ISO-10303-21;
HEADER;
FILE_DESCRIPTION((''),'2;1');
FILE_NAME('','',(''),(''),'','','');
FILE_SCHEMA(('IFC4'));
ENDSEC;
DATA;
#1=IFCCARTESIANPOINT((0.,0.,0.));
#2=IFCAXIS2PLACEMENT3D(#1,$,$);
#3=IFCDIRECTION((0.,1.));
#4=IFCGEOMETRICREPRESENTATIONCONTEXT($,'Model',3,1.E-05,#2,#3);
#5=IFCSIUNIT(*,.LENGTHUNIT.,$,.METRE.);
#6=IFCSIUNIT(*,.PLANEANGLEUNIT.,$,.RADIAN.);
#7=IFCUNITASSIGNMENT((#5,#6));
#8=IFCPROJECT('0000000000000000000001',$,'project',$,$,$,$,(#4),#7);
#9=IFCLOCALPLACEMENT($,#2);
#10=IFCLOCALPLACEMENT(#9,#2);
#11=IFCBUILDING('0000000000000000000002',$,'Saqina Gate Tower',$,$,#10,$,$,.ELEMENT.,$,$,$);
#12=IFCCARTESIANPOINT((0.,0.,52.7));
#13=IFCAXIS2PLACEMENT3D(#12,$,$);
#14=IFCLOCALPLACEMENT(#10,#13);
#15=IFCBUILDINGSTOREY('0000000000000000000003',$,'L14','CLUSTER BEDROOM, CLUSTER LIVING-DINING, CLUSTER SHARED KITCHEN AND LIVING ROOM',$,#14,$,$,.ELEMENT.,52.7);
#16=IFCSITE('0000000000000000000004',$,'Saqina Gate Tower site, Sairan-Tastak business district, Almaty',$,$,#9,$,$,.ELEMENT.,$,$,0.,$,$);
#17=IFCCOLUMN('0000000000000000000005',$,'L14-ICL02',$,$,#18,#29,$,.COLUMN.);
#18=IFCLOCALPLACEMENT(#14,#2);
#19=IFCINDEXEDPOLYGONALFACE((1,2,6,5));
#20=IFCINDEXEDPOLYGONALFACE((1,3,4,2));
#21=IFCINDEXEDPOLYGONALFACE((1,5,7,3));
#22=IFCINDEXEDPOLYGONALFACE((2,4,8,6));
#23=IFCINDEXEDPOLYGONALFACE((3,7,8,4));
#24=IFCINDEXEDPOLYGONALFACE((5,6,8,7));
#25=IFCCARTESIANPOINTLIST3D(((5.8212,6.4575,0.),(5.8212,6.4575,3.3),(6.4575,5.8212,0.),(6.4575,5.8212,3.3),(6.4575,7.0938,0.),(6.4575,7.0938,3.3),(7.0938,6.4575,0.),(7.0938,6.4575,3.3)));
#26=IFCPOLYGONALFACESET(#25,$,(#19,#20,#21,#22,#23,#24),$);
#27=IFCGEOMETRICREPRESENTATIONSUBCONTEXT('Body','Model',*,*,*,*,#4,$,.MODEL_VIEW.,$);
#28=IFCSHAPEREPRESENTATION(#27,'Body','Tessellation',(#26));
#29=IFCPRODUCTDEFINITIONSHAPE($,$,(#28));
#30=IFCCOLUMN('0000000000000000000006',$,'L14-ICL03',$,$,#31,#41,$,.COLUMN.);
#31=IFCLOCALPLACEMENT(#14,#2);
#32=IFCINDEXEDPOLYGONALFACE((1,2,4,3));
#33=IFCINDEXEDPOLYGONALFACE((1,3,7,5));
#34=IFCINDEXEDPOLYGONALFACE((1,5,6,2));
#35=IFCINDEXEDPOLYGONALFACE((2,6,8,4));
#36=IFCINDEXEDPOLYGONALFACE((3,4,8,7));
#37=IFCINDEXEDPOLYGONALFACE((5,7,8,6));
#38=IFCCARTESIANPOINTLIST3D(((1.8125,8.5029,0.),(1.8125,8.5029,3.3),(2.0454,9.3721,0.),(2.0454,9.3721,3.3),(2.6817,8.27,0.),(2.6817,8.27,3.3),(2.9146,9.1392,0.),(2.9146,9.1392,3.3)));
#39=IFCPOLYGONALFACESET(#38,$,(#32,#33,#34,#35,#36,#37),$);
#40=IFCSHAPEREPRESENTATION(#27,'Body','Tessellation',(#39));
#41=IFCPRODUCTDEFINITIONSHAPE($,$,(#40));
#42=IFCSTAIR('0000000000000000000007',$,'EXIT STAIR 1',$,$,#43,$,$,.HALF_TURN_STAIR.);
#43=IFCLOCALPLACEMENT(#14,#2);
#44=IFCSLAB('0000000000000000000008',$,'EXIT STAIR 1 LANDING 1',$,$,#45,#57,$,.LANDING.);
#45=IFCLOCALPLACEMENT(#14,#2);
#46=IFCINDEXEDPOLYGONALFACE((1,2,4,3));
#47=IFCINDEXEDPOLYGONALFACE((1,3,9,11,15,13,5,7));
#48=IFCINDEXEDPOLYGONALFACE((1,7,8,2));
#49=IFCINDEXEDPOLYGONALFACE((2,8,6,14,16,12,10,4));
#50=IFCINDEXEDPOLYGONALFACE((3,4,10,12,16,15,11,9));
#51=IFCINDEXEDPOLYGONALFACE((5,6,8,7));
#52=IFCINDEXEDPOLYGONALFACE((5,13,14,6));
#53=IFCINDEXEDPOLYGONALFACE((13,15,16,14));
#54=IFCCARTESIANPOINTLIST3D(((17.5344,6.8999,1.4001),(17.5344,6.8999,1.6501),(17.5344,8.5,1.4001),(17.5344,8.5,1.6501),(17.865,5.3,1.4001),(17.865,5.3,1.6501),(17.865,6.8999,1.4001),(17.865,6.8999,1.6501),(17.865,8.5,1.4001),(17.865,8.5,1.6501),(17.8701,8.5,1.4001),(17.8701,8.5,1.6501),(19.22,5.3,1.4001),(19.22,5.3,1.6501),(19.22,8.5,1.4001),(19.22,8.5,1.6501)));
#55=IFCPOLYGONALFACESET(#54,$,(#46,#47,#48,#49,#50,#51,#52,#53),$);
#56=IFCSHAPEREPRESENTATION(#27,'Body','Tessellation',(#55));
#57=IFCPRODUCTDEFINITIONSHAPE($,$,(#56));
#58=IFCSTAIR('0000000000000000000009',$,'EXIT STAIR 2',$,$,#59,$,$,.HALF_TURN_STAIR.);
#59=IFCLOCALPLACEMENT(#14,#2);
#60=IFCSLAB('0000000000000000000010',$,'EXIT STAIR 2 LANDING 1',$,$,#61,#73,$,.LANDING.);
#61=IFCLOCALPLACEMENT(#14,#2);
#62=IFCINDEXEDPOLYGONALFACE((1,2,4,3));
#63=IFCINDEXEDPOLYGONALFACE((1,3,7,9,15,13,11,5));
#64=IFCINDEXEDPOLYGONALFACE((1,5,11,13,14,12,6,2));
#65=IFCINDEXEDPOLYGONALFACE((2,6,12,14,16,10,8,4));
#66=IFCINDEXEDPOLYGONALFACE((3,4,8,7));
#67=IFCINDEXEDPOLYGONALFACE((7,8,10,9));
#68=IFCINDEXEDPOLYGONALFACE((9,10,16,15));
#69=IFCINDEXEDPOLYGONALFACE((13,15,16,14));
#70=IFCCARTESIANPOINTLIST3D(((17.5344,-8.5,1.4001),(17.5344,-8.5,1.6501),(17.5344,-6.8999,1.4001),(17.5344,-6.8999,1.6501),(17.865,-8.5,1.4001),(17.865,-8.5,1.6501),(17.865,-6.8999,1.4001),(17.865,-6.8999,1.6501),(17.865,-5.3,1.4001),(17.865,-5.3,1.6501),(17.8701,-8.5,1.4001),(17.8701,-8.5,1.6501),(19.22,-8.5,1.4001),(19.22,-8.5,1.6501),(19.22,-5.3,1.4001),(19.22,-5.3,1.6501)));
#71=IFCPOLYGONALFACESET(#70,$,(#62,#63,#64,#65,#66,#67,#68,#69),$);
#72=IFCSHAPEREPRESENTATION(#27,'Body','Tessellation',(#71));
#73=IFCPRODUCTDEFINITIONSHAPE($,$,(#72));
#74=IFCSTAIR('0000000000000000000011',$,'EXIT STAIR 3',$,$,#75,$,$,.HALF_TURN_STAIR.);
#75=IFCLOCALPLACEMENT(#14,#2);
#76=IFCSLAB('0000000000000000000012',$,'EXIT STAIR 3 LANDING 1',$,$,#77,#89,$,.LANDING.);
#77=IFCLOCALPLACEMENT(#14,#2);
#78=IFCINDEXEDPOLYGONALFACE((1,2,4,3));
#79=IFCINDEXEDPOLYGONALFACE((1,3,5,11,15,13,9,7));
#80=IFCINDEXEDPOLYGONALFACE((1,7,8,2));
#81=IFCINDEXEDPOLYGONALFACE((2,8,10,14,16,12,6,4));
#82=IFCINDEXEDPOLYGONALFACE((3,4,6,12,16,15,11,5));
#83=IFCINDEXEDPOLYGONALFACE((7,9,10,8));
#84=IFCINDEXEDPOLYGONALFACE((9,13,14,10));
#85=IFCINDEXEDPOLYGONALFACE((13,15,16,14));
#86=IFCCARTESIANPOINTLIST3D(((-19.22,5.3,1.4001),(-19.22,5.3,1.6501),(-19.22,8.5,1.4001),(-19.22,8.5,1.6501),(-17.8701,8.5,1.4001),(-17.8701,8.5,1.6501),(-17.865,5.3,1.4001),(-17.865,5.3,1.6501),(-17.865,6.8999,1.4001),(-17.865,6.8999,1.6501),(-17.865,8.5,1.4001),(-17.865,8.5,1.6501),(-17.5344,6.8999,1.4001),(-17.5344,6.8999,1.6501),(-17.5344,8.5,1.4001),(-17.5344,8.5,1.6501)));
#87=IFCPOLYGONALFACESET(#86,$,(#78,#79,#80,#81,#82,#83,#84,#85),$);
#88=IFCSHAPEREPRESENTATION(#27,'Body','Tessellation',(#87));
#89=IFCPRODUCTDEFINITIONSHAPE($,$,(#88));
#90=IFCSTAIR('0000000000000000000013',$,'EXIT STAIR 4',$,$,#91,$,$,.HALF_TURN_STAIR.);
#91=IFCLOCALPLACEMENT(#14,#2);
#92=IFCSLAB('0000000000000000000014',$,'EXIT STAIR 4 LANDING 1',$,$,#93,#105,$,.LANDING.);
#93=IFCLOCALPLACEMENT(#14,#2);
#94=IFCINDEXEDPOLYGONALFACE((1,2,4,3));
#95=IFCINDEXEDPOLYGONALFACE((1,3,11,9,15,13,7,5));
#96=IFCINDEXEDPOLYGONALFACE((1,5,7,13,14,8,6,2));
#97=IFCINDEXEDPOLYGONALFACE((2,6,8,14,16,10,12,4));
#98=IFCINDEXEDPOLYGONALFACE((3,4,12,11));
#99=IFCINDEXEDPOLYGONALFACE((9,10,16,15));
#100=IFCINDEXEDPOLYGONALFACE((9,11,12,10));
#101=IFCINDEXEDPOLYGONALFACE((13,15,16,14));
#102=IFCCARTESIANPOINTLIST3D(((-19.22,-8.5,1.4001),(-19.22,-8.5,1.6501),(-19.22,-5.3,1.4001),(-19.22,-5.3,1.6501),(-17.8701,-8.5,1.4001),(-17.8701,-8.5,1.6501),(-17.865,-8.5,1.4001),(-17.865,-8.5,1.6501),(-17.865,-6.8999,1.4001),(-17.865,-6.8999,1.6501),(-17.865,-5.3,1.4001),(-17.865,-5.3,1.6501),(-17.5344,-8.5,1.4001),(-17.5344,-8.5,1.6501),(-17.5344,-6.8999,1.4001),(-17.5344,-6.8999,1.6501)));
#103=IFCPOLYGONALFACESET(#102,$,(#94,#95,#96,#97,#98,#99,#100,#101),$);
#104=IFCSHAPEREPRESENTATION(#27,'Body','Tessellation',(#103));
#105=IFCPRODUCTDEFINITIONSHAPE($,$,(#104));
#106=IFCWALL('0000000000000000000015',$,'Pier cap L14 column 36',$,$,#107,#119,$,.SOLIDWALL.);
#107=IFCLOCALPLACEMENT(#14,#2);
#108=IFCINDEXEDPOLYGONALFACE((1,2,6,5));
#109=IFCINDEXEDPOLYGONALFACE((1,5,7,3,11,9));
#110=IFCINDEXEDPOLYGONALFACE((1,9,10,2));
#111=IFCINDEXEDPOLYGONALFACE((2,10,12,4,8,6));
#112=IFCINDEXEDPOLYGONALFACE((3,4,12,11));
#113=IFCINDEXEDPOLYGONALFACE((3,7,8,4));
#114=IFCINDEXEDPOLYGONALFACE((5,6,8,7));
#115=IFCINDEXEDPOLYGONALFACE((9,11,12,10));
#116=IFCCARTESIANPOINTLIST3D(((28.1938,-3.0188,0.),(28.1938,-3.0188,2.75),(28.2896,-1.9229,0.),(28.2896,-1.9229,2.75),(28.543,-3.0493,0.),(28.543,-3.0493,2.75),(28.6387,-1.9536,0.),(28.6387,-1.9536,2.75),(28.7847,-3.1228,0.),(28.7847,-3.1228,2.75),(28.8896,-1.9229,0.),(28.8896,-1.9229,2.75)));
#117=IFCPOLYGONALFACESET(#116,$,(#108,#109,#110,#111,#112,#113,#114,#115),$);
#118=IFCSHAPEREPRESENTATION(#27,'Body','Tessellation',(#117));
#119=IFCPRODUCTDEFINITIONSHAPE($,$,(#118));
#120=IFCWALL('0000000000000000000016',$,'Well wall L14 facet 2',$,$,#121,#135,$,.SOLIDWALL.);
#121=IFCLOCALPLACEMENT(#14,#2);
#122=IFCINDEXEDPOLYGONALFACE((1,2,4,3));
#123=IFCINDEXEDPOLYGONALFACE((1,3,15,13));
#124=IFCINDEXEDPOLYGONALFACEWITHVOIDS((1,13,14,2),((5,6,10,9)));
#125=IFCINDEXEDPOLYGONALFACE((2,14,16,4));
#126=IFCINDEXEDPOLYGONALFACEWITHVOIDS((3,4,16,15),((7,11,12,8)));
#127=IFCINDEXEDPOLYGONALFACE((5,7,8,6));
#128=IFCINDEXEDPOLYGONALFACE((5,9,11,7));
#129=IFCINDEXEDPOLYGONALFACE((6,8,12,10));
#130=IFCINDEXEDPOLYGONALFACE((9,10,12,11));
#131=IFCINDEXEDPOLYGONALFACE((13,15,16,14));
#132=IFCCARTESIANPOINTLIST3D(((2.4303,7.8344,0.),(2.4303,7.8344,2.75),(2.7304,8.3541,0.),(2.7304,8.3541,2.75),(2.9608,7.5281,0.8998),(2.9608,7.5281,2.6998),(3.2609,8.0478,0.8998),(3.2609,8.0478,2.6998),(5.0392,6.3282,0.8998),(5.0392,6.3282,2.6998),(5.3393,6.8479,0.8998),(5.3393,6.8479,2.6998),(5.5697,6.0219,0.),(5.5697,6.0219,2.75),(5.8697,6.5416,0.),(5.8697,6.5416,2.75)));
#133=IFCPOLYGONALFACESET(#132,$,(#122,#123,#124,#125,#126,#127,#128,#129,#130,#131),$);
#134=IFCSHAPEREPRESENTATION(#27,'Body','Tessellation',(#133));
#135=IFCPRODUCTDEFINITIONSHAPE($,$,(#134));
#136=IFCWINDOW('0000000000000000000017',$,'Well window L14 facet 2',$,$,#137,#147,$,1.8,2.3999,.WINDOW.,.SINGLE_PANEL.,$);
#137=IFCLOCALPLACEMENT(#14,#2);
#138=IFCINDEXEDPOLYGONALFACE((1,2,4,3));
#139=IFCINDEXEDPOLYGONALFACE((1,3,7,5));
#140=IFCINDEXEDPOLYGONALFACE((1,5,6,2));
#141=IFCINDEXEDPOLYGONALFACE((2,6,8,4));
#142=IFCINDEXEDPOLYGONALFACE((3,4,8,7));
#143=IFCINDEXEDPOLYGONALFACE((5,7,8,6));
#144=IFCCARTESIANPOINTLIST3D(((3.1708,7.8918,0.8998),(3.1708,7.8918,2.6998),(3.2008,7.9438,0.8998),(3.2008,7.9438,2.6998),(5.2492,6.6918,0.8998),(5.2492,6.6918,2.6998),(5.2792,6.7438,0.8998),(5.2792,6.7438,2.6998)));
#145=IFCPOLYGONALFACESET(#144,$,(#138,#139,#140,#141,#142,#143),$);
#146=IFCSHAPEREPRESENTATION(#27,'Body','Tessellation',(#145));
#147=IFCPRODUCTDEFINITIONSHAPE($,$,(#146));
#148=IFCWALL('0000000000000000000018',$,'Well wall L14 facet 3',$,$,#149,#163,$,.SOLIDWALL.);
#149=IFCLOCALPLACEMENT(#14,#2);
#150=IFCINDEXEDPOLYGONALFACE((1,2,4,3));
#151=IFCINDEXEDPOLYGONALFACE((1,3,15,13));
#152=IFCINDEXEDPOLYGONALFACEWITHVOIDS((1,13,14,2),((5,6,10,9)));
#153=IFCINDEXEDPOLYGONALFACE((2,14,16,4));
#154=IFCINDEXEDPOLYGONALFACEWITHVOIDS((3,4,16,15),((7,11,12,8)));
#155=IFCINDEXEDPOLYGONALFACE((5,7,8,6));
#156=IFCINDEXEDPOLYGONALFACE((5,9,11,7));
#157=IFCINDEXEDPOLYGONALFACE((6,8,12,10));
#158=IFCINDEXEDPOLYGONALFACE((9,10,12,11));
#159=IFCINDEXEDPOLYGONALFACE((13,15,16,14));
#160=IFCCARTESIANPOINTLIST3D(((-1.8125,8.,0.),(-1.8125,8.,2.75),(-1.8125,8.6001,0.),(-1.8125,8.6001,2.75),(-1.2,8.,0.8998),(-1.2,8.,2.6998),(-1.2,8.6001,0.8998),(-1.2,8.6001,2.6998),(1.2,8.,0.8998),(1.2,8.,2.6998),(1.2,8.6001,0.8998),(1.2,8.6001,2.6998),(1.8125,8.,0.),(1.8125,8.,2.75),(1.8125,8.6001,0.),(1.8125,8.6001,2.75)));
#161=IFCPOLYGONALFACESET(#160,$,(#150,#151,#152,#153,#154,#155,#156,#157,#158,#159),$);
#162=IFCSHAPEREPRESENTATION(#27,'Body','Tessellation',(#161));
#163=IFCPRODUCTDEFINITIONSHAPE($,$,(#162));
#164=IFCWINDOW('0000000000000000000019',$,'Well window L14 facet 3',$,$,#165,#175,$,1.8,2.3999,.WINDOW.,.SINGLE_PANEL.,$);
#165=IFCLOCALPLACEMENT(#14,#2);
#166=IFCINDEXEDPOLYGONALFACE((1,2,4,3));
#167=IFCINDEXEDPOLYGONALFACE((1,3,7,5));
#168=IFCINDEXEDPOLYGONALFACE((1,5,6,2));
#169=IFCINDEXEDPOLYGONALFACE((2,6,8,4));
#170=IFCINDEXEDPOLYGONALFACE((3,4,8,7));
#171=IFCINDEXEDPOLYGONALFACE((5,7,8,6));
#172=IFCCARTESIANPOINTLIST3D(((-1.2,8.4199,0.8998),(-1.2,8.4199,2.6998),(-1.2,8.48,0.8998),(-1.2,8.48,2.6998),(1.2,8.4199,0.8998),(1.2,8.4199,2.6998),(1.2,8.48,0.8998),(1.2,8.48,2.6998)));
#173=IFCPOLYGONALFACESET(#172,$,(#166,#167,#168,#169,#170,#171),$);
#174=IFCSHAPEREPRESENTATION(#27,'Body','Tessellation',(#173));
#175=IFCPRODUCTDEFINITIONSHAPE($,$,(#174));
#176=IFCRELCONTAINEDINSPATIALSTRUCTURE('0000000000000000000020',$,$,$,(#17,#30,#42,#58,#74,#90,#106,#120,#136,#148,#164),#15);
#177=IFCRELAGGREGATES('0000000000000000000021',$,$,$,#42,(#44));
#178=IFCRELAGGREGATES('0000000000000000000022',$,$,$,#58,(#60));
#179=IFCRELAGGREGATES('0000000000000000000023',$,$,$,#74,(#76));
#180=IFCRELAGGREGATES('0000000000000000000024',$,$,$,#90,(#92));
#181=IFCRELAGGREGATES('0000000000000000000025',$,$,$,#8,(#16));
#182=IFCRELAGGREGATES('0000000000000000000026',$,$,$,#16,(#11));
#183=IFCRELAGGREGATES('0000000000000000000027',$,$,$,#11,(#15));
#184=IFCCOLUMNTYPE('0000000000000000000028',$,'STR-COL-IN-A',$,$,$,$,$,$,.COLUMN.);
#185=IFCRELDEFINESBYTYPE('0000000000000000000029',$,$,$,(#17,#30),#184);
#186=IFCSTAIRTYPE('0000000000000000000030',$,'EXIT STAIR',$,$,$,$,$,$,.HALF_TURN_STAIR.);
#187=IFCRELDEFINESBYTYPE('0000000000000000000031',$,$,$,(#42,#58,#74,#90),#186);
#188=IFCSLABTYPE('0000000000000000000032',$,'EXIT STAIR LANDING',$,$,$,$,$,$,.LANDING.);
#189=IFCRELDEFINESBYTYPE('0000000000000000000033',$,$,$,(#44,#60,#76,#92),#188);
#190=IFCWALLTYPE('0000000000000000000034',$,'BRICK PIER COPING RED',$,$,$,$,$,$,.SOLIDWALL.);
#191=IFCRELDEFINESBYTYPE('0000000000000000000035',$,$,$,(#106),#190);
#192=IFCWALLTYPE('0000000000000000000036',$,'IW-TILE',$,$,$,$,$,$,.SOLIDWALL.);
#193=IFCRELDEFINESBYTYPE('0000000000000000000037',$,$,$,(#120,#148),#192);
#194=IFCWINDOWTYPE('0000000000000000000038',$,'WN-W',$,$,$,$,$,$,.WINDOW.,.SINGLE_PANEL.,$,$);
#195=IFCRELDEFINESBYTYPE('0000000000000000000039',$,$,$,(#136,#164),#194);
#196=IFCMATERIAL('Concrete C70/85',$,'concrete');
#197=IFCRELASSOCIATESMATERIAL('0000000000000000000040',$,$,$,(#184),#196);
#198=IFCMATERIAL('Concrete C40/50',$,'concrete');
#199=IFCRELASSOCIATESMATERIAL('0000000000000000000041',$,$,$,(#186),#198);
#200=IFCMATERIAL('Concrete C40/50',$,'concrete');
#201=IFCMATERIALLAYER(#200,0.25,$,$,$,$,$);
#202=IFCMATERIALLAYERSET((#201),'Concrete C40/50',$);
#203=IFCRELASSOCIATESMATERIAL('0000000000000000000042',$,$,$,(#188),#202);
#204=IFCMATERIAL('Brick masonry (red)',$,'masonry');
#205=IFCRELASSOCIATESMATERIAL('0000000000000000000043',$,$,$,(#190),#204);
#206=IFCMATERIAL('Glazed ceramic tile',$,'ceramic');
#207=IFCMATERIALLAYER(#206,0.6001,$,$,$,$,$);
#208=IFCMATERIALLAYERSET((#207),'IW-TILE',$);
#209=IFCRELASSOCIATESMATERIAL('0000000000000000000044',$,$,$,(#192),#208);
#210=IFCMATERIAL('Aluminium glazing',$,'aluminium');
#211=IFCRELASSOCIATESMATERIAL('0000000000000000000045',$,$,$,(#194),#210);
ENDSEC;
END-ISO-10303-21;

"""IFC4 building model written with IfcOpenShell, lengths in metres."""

from ifc_helpers import new_model, si_unit, direction, frame, frame_2d, origin, origin_2d, place, context, subcontext, project, spatial, polyline, rectangle, outline, extrude, material, layer, layer_set, material_profile, profile_set, type_object, element, fill, aggregate, save


model = new_model("IFC4")

# Units and contexts
model_context = context("Model", 3, precision=1e-05, world=origin(), true_north=direction((0.0, 1.0)))
body_context = subcontext(model_context, "Body", "Model", "MODEL_VIEW")
ifc_project = project(units=[si_unit("LENGTHUNIT", "METRE"), si_unit("PLANEANGLEUNIT", "RADIAN")], contexts=[model_context])

# Site, building, storey
site_placement = place(None, origin())
site = spatial("IfcSite", under=ifc_project, at=site_placement, Name="Saqina Gate Tower site, Sairan-Tastak business district, Almaty", CompositionType="ELEMENT", RefElevation=0.0)
building_placement = place(site_placement, origin())
building = spatial("IfcBuilding", under=site, at=building_placement, Name="Saqina Gate Tower", CompositionType="ELEMENT")
storey_placement = place(building_placement, frame((0.0, 0.0, 52.7)))
storey = spatial("IfcBuildingStorey", under=building, at=storey_placement, Name="L14", Description="CLUSTER BEDROOM, CLUSTER LIVING-DINING, CLUSTER SHARED KITCHEN AND LIVING ROOM", CompositionType="ELEMENT", Elevation=52.7)

# Columns
ifc_material_1 = material(Name="Concrete C70/85", Category="concrete")
ifc_material_profile = material_profile(ifc_material_1, rectangle(XDim=0.8999, YDim=0.8999, at=origin_2d()), Name="RC 900x900")
ifc_profile_set = profile_set([ifc_material_profile], Name="Concrete C70/85")
column_type = type_object("IfcColumnType", Name="STR-COL-IN-A", PredefinedType="COLUMN", material=ifc_profile_set)
for number, where, z_axis, x_axis, name in (
    (1, (6.4575, 6.4575, 0.0), (0.0, 0.0, 1.0), (0.707107, 0.707107, 0.0), "L14-ICL02"),
    (2, (2.3635, 8.821, 0.0), (0.0, 0.0, 1.0), (0.258819, 0.965926, 0.0), "L14-ICL03"),
):
    element("IfcColumn", number, at=place(storey_placement, frame(where, z_axis=z_axis, x_axis=x_axis)), inside=storey, type_object=column_type, Name=name, PredefinedType="COLUMN", context=body_context, shape_type="SweptSolid", body=[
        extrude(rectangle(XDim=0.8999, YDim=0.8999, at=origin_2d()), origin(), (0.0, 0.0, 1.0), 3.3),
    ])

# Stairs, slabs
ifc_material_2 = material(Name="Concrete C40/50", Category="concrete")
stair_type = type_object("IfcStairType", Name="EXIT STAIR", PredefinedType="HALF_TURN_STAIR", material=ifc_material_2)
stair_1_placement = place(storey_placement, origin())
stair_1 = element("IfcStair", 3, at=stair_1_placement, inside=storey, type_object=stair_type, Name="EXIT STAIR 1", PredefinedType="HALF_TURN_STAIR")
ifc_material_3 = material(Name="Concrete C40/50", Category="concrete")
ifc_layer_1 = layer(ifc_material_3, 0.25)
ifc_layer_set_1 = layer_set([ifc_layer_1], Name="Concrete C40/50")
slab_type = type_object("IfcSlabType", Name="EXIT STAIR LANDING", PredefinedType="LANDING", material=ifc_layer_set_1)
slab_1_placement = place(storey_placement, frame((0.0, 0.0, 1.4001)))
slab_1 = element("IfcSlab", 4, at=slab_1_placement, type_object=slab_type, Name="EXIT STAIR 1 LANDING 1", PredefinedType="LANDING", context=body_context, shape_type="SweptSolid", body=[
    extrude(outline(polyline([(19.22, 8.5), (19.22, 5.3), (17.865, 5.3), (17.865, 6.8999), (17.5344, 6.8999), (17.5344, 8.5), (17.865, 8.5), (17.8701, 8.5), (19.22, 8.5)])), origin(), (0.0, 0.0, 1.0), 0.25),
])
aggregate(stair_1, [slab_1])
stair_2_placement = place(storey_placement, origin())
stair_2 = element("IfcStair", 5, at=stair_2_placement, inside=storey, type_object=stair_type, Name="EXIT STAIR 2", PredefinedType="HALF_TURN_STAIR")
slab_2_placement = place(storey_placement, frame((0.0, 0.0, 1.4001)))
slab_2 = element("IfcSlab", 6, at=slab_2_placement, type_object=slab_type, Name="EXIT STAIR 2 LANDING 1", PredefinedType="LANDING", context=body_context, shape_type="SweptSolid", body=[
    extrude(outline(polyline([(17.5344, -8.5), (17.5344, -6.8999), (17.865, -6.8999), (17.865, -5.3), (19.22, -5.3), (19.22, -8.5), (17.8701, -8.5), (17.865, -8.5), (17.5344, -8.5)])), origin(), (0.0, 0.0, 1.0), 0.25),
])
aggregate(stair_2, [slab_2])
stair_3_placement = place(storey_placement, origin())
stair_3 = element("IfcStair", 7, at=stair_3_placement, inside=storey, type_object=stair_type, Name="EXIT STAIR 3", PredefinedType="HALF_TURN_STAIR")
slab_3_placement = place(storey_placement, frame((0.0, 0.0, 1.4001)))
slab_3 = element("IfcSlab", 8, at=slab_3_placement, type_object=slab_type, Name="EXIT STAIR 3 LANDING 1", PredefinedType="LANDING", context=body_context, shape_type="SweptSolid", body=[
    extrude(outline(polyline([(-17.865, 5.3), (-19.22, 5.3), (-19.22, 8.5), (-17.8701, 8.5), (-17.865, 8.5), (-17.5344, 8.5), (-17.5344, 6.8999), (-17.865, 6.8999), (-17.865, 5.3)])), origin(), (0.0, 0.0, 1.0), 0.25),
])
aggregate(stair_3, [slab_3])
stair_4_placement = place(storey_placement, origin())
stair_4 = element("IfcStair", 9, at=stair_4_placement, inside=storey, type_object=stair_type, Name="EXIT STAIR 4", PredefinedType="HALF_TURN_STAIR")
slab_4_placement = place(storey_placement, frame((0.0, 0.0, 1.4001)))
slab_4 = element("IfcSlab", 10, at=slab_4_placement, type_object=slab_type, Name="EXIT STAIR 4 LANDING 1", PredefinedType="LANDING", context=body_context, shape_type="SweptSolid", body=[
    extrude(outline(polyline([(-17.5344, -6.8999), (-17.5344, -8.5), (-17.865, -8.5), (-17.8701, -8.5), (-19.22, -8.5), (-19.22, -5.3), (-17.865, -5.3), (-17.865, -6.8999), (-17.5344, -6.8999)])), origin(), (0.0, 0.0, 1.0), 0.25),
])
aggregate(stair_4, [slab_4])

# Wall
ifc_material_4 = material(Name="Brick masonry (red)", Category="masonry")
wall_type_1 = type_object("IfcWallType", Name="BRICK PIER COPING RED", PredefinedType="SOLIDWALL", material=ifc_material_4)
wall_1_placement = place(storey_placement, origin())
element("IfcWall", 11, at=wall_1_placement, inside=storey, type_object=wall_type_1, Name="Pier cap L14 column 36", PredefinedType="SOLIDWALL", context=body_context, shape_type="SweptSolid", body=[
    extrude(outline(polyline([(28.7847, -3.1228), (28.8896, -1.9229), (28.2896, -1.9229), (28.6387, -1.9536), (28.543, -3.0493), (28.1938, -3.0188), (28.7847, -3.1228)])), origin(), (0.0, 0.0, 1.0), 2.75),
])

# Walls, openings, windows
ifc_material_5 = material(Name="Glazed ceramic tile", Category="ceramic")
ifc_layer_2 = layer(ifc_material_5, 0.6001)
ifc_layer_set_2 = layer_set([ifc_layer_2], Name="IW-TILE")
wall_type_2 = type_object("IfcWallType", Name="IW-TILE", PredefinedType="SOLIDWALL", material=ifc_layer_set_2)
wall_2_placement = place(storey_placement, frame((5.7197, 6.2817, 0.0), z_axis=(0.0, 0.0, 1.0), x_axis=(-0.86603, 0.499993, 0.0)))
wall_2 = element("IfcWall", 12, at=wall_2_placement, inside=storey, type_object=wall_type_2, Name="Well wall L14 facet 2", PredefinedType="SOLIDWALL", context=body_context, shape_type="SweptSolid", body=[
    extrude(rectangle(XDim=3.625, YDim=0.6001, at=frame_2d((1.8125, 0.0))), origin(), (0.0, 0.0, 1.0), 2.75),
])
opening_1_placement = place(wall_2_placement, frame((0.6125, 0.0, 0.8999)))
opening_1 = element("IfcOpeningElement", 13, at=opening_1_placement, cuts=wall_2, PredefinedType="OPENING", context=body_context, shape_type="SweptSolid", body=[
    extrude(rectangle(XDim=2.3999, YDim=1.8, at=frame_2d((1.2, 0.8999))), frame((0.0, 0.312, 0.0), z_axis=(0.0, -1.0, 0.0), x_axis=(1.0, 0.0, 0.0)), (0.0, 0.0, 1.0), 0.624),
])
ifc_material_6 = material(Name="Aluminium glazing", Category="aluminium")
window_type = type_object("IfcWindowType", Name="WN-W", PartitioningType="SINGLE_PANEL", PredefinedType="WINDOW", material=ifc_material_6)
window_1_placement = place(opening_1_placement, origin())
window_1 = element("IfcWindow", 14, at=window_1_placement, inside=storey, type_object=window_type, Name="Well window L14 facet 2", OverallHeight=1.8, OverallWidth=2.3999, PartitioningType="SINGLE_PANEL", PredefinedType="WINDOW", context=body_context, shape_type="SweptSolid", body=[
    extrude(rectangle(XDim=2.3999, YDim=1.8, at=frame_2d((1.2, 0.8999))), frame((0.0, -0.1199, 0.0), z_axis=(0.0, -1.0, 0.0), x_axis=(1.0, 0.0, 0.0)), (0.0, 0.0, 1.0), 0.0601),
])
fill(opening_1, window_1)
wall_3_placement = place(storey_placement, frame((1.8125, 8.3, 0.0), z_axis=(0.0, 0.0, 1.0), x_axis=(-1.0, 0.0, 0.0)))
wall_3 = element("IfcWall", 15, at=wall_3_placement, inside=storey, type_object=wall_type_2, Name="Well wall L14 facet 3", PredefinedType="SOLIDWALL", context=body_context, shape_type="SweptSolid", body=[
    extrude(rectangle(XDim=3.625, YDim=0.6001, at=frame_2d((1.8125, 0.0))), origin(), (0.0, 0.0, 1.0), 2.75),
])
opening_2_placement = place(wall_3_placement, frame((0.6125, 0.0, 0.8999)))
opening_2 = element("IfcOpeningElement", 16, at=opening_2_placement, cuts=wall_3, PredefinedType="OPENING", context=body_context, shape_type="SweptSolid", body=[
    extrude(rectangle(XDim=2.3999, YDim=1.8, at=frame_2d((1.2, 0.8999))), frame((0.0, 0.312, 0.0), z_axis=(0.0, -1.0, 0.0), x_axis=(1.0, 0.0, 0.0)), (0.0, 0.0, 1.0), 0.624),
])
window_2_placement = place(opening_2_placement, origin())
window_2 = element("IfcWindow", 17, at=window_2_placement, inside=storey, type_object=window_type, Name="Well window L14 facet 3", OverallHeight=1.8, OverallWidth=2.3999, PartitioningType="SINGLE_PANEL", PredefinedType="WINDOW", context=body_context, shape_type="SweptSolid", body=[
    extrude(rectangle(XDim=2.3999, YDim=1.8, at=frame_2d((1.2, 0.8999))), frame((0.0, -0.1199, 0.0), z_axis=(0.0, -1.0, 0.0), x_axis=(1.0, 0.0, 0.0)), (0.0, 0.0, 1.0), 0.0601),
])
fill(opening_2, window_2)

save(model, "model.ifc")
